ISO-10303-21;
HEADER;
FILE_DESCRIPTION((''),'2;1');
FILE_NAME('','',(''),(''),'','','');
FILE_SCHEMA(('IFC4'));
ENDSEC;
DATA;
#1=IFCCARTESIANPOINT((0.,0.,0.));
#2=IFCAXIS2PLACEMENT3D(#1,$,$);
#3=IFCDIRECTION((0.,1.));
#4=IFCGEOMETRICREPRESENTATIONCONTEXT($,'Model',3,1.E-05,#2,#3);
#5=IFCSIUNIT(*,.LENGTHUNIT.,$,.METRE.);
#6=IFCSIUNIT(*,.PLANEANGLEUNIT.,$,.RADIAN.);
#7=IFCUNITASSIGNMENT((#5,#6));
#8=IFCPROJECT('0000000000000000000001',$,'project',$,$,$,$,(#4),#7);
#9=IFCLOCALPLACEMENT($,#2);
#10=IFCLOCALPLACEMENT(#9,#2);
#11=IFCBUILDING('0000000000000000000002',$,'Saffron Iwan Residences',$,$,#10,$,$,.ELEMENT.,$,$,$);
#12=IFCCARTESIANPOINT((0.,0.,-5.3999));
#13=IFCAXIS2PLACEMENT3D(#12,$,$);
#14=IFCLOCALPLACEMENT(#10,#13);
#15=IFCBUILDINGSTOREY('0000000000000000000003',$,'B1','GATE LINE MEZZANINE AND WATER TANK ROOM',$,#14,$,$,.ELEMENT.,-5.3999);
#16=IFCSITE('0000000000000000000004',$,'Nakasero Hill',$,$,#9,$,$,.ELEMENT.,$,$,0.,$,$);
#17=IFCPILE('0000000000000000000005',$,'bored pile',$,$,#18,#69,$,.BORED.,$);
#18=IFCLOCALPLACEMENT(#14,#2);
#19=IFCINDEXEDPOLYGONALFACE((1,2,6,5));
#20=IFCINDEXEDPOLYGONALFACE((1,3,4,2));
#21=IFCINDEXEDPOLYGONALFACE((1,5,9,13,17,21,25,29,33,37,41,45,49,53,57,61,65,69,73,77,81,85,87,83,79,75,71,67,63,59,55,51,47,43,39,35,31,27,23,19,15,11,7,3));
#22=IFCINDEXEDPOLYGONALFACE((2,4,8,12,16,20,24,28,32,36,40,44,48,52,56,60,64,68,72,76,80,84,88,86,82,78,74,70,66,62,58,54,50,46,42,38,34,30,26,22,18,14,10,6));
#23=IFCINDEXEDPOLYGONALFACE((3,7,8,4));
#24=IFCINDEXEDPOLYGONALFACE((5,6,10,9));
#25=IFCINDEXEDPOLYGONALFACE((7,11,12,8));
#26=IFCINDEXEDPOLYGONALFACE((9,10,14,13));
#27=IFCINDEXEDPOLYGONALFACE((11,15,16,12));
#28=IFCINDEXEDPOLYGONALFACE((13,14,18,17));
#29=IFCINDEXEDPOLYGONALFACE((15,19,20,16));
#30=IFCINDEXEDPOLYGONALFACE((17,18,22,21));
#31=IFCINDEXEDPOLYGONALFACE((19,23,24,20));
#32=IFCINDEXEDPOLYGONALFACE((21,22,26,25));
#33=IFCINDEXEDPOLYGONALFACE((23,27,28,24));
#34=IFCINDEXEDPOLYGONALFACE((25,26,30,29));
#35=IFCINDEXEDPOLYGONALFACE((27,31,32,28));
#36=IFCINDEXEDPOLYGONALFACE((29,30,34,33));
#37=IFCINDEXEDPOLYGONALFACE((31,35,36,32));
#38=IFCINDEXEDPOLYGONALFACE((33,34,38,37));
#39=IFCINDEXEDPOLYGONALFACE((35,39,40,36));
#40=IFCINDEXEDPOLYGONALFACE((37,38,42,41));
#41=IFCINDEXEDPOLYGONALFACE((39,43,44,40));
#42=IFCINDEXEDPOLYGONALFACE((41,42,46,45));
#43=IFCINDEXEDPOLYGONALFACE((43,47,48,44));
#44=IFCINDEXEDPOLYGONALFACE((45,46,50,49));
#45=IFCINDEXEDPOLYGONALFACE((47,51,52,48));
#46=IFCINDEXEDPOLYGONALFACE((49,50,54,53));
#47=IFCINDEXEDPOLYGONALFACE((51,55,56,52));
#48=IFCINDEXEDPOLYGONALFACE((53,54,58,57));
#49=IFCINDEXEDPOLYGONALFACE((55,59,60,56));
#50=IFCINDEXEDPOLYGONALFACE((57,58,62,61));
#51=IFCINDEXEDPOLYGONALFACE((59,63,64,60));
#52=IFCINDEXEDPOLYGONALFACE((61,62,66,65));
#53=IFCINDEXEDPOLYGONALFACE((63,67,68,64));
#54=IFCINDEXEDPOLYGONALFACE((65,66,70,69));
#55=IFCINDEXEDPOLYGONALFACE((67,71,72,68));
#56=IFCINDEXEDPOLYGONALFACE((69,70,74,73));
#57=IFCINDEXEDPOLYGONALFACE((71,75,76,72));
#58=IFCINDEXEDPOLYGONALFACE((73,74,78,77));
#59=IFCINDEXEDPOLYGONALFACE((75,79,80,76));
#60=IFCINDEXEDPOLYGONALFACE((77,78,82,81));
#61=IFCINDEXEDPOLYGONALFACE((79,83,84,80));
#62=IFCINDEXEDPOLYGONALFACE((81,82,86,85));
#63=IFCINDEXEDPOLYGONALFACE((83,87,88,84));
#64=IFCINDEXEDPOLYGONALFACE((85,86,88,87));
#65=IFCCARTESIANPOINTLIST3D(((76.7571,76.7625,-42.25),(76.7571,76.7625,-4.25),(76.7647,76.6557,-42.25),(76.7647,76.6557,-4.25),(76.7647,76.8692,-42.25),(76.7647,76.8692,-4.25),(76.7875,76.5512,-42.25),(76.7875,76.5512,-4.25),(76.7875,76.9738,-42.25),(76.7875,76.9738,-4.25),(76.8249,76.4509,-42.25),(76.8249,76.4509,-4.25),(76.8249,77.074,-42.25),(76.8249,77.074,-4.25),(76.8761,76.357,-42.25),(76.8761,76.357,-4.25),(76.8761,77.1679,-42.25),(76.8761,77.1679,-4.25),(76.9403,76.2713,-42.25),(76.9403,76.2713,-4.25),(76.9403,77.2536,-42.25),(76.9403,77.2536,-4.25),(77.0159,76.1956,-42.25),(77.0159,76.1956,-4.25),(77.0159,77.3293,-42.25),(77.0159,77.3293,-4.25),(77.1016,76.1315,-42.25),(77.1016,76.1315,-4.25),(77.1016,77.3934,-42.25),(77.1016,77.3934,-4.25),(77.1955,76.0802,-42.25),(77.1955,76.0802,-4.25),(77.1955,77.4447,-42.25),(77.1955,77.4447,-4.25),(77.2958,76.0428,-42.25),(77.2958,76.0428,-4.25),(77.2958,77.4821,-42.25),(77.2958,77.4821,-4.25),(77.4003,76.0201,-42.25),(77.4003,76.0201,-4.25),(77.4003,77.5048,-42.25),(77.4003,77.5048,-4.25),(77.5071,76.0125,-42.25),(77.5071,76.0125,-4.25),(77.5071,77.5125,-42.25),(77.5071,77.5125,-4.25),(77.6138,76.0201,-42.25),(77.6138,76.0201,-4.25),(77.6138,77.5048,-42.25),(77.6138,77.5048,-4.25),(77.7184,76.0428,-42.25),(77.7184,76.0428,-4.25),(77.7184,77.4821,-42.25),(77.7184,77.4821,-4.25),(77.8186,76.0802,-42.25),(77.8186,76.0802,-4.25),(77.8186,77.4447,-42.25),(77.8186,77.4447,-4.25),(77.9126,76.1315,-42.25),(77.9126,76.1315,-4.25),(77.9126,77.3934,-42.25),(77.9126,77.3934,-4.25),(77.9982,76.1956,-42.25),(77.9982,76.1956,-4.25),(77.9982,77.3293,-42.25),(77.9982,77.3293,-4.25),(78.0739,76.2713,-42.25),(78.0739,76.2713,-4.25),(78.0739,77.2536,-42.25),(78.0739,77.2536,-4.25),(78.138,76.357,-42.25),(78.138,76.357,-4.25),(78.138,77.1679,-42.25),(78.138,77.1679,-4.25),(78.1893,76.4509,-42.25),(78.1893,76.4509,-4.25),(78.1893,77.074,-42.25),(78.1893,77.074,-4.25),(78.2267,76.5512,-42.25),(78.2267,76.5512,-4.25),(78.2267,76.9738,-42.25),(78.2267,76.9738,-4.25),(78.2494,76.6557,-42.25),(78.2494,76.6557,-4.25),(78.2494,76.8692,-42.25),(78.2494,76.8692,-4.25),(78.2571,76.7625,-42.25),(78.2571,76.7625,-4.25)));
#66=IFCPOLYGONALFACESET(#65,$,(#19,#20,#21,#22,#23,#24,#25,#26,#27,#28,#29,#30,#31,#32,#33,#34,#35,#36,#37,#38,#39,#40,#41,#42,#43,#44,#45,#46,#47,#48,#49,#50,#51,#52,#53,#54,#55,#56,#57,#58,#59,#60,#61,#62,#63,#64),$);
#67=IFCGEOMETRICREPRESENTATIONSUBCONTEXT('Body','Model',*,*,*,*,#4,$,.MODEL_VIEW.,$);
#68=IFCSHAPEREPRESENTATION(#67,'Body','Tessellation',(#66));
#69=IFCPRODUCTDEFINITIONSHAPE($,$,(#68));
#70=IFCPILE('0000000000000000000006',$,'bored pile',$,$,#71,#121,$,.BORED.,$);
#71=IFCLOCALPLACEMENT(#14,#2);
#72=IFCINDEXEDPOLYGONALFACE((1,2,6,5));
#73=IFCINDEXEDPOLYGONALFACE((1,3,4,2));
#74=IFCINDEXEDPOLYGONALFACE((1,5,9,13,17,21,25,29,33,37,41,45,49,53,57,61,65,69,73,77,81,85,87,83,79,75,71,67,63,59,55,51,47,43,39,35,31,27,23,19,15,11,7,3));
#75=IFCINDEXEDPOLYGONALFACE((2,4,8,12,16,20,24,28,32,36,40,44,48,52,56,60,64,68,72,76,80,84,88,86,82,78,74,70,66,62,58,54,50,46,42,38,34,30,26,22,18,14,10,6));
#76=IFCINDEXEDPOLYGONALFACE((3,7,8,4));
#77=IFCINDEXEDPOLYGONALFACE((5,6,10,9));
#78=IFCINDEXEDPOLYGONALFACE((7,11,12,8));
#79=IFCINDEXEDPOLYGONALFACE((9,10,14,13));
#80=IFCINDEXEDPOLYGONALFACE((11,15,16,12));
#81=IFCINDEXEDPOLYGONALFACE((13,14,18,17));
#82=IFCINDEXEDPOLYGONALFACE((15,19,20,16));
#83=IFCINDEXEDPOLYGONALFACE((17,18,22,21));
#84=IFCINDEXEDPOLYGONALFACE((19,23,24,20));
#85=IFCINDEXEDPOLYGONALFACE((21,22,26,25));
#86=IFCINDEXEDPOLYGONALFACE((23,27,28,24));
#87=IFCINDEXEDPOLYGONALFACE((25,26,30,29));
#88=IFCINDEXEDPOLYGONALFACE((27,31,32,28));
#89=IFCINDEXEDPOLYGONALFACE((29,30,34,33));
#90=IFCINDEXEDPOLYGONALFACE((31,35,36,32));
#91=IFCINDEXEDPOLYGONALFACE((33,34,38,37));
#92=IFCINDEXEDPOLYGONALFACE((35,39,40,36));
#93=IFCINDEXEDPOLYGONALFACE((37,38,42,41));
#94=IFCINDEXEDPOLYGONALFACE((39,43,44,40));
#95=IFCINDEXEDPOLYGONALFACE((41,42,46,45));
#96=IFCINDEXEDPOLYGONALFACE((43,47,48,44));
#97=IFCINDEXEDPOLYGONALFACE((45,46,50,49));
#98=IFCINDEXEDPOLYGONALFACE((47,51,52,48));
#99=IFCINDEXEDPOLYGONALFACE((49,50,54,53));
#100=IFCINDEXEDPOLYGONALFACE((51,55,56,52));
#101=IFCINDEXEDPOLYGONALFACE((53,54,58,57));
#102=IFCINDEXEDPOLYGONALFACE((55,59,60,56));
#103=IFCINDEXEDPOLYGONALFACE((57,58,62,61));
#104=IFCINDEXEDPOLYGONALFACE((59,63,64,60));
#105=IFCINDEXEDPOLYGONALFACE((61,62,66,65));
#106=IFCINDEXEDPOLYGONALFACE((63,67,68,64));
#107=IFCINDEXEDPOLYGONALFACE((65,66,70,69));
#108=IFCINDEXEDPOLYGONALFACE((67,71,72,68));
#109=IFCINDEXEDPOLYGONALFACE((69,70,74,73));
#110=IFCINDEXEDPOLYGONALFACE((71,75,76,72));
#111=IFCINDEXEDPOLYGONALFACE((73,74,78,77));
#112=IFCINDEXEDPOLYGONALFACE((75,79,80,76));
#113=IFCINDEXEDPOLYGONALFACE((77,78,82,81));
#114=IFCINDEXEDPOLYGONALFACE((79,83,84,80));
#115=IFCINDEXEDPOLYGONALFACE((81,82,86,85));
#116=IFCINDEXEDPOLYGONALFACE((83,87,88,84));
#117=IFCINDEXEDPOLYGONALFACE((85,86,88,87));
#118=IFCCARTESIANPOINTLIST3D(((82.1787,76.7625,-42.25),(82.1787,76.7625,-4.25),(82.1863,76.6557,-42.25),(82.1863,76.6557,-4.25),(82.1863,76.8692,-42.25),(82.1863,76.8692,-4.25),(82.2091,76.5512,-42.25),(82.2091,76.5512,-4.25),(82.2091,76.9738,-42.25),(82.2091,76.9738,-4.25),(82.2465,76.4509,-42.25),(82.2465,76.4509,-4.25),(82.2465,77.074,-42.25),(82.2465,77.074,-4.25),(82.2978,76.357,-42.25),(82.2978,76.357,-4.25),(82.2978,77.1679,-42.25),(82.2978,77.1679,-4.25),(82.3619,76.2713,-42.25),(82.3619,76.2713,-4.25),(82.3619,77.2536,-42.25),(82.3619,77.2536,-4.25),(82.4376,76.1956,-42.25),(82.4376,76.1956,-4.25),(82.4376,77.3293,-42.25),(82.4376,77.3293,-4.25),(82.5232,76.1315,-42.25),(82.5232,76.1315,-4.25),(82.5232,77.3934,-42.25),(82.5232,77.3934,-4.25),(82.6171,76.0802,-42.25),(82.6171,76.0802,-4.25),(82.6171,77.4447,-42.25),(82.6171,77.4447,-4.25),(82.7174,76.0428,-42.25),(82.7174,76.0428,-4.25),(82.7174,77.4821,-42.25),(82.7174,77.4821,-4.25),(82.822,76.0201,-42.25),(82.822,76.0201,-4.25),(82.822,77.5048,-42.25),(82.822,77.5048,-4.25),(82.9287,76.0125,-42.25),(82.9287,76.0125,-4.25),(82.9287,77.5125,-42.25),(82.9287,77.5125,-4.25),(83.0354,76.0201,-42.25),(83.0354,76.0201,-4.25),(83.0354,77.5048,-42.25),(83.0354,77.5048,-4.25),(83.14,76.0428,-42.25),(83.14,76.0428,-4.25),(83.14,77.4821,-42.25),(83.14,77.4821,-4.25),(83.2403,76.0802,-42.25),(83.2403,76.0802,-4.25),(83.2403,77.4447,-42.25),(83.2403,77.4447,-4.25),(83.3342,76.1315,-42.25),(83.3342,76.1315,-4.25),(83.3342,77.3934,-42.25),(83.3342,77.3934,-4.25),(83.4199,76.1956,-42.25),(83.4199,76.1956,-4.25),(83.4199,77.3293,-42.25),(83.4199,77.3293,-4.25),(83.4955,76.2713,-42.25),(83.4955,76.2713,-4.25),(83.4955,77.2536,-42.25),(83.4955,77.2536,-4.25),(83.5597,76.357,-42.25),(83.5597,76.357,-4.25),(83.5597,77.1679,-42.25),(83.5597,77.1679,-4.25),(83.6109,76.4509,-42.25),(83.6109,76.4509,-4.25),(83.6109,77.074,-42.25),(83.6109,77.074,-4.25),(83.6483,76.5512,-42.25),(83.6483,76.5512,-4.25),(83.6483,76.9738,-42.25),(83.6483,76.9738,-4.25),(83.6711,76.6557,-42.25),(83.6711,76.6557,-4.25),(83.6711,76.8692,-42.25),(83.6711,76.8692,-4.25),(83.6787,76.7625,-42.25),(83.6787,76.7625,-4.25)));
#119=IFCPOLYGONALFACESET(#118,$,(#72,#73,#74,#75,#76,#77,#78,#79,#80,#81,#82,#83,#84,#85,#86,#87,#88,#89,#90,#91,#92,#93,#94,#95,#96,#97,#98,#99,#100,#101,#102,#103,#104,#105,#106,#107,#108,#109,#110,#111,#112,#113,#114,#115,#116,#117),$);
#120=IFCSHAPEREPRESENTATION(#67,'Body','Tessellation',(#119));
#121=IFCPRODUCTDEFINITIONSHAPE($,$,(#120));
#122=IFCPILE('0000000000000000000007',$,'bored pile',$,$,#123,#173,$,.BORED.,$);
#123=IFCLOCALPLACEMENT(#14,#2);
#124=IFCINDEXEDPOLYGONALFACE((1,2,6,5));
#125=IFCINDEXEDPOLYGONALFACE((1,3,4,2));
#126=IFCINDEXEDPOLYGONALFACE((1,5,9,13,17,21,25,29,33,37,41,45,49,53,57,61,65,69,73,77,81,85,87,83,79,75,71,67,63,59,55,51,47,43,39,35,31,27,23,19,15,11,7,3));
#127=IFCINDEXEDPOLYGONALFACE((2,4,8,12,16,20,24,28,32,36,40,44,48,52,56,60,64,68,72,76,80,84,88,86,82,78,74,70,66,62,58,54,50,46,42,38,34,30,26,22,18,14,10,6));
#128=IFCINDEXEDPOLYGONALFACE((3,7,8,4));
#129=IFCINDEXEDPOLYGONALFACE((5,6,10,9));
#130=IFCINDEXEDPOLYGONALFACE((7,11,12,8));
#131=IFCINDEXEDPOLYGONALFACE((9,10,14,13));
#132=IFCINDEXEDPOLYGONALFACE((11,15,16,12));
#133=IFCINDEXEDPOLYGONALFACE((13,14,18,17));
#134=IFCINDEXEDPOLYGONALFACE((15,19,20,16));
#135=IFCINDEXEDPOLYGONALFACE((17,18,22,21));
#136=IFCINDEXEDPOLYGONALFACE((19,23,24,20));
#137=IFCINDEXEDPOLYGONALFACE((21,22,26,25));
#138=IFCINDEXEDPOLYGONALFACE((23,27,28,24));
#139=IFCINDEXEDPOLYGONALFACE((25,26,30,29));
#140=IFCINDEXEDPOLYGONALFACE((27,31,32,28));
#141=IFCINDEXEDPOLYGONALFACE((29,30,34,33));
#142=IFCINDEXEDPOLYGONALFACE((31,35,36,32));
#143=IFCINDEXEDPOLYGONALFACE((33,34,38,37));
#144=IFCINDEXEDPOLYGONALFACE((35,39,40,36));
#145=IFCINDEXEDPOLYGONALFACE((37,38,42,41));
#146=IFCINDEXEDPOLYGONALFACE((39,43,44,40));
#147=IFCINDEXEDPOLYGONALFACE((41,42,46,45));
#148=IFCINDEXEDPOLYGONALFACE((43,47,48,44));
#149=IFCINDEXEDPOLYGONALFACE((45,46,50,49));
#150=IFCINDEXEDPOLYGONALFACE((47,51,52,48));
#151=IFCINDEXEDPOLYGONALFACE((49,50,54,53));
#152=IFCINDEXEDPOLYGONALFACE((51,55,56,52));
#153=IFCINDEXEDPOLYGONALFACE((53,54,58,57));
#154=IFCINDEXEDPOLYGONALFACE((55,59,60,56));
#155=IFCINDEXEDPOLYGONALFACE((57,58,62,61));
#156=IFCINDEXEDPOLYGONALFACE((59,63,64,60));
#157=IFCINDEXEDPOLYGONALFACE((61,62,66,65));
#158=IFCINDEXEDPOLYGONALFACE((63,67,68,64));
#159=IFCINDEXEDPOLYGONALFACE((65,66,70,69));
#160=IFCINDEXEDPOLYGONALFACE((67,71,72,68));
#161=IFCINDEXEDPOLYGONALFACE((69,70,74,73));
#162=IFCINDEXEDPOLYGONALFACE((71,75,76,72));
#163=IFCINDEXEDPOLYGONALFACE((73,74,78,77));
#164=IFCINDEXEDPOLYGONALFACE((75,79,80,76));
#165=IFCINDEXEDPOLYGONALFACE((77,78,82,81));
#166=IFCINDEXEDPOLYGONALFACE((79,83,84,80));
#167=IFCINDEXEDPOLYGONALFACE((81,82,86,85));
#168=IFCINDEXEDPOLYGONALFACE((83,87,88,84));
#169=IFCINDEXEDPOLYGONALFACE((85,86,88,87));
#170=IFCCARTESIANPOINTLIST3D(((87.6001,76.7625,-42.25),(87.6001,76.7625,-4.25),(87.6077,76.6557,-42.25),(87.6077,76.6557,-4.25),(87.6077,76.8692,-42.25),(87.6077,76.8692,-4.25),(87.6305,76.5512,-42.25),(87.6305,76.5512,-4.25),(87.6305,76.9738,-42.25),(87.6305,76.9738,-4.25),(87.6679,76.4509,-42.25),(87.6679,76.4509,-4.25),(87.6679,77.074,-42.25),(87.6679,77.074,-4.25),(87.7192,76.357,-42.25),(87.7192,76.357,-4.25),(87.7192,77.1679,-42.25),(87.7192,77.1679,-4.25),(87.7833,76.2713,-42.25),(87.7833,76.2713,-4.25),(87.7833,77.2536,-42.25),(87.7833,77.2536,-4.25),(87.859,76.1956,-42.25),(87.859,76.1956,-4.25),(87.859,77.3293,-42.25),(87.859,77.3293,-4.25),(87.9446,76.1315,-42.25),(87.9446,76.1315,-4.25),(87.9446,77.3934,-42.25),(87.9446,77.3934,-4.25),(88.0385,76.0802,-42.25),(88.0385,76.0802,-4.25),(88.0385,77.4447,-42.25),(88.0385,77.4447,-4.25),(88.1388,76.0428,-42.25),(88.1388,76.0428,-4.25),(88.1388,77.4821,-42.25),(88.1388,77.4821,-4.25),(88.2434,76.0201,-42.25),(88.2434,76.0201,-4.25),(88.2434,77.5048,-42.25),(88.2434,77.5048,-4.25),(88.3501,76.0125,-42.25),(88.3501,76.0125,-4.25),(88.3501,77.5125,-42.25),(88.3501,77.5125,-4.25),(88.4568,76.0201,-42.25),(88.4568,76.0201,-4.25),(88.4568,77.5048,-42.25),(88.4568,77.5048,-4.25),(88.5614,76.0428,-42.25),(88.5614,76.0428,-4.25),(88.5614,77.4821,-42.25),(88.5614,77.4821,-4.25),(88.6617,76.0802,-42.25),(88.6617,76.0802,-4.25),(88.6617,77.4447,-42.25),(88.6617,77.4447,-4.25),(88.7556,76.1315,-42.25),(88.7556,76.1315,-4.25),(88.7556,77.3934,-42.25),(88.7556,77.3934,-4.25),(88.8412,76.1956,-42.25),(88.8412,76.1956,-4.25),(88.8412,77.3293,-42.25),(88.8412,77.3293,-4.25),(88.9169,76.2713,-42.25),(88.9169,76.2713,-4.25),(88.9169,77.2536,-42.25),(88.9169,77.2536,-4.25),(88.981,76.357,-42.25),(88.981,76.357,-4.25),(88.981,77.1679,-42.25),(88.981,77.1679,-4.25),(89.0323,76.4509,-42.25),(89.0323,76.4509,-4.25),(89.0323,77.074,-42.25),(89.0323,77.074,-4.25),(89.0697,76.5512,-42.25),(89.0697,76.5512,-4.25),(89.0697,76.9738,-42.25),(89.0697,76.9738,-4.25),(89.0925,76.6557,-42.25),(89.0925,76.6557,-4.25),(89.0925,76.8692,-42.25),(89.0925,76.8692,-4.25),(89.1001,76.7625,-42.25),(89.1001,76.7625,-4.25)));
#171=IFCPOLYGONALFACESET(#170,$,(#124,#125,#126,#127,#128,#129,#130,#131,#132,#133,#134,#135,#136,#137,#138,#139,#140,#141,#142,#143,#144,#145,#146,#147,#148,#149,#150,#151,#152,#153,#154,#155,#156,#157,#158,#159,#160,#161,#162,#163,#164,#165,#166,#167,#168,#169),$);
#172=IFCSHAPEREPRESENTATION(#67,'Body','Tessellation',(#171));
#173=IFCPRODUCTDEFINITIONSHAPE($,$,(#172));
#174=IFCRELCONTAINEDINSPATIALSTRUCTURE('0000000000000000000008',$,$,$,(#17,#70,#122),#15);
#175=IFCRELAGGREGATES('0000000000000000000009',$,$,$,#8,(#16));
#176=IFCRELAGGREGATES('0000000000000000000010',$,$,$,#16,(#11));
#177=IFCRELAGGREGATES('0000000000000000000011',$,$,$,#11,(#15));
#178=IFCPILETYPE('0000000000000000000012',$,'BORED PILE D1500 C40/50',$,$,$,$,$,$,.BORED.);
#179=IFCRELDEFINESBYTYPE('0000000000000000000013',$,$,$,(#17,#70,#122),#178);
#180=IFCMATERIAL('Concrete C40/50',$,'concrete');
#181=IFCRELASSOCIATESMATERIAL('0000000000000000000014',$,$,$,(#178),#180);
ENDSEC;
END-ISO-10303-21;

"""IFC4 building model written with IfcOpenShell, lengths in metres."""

from ifc_helpers import new_model, si_unit, direction, frame, origin, origin_2d, place, context, subcontext, project, spatial, circle, extrude, material, material_profile, profile_set, type_object, element, save


model = new_model("IFC4")

# Units and contexts
model_context = context("Model", 3, precision=1e-05, world=origin(), true_north=direction((0.0, 1.0)))
body_context = subcontext(model_context, "Body", "Model", "MODEL_VIEW")
ifc_project = project(units=[si_unit("LENGTHUNIT", "METRE"), si_unit("PLANEANGLEUNIT", "RADIAN")], contexts=[model_context])

# Site, building, storey
site_placement = place(None, origin())
site = spatial("IfcSite", under=ifc_project, at=site_placement, Name="Nakasero Hill", CompositionType="ELEMENT", RefElevation=0.0)
building_placement = place(site_placement, origin())
building = spatial("IfcBuilding", under=site, at=building_placement, Name="Saffron Iwan Residences", CompositionType="ELEMENT")
storey_placement = place(building_placement, frame((0.0, 0.0, -5.3999)))
storey = spatial("IfcBuildingStorey", under=building, at=storey_placement, Name="B1", Description="GATE LINE MEZZANINE AND WATER TANK ROOM", CompositionType="ELEMENT", Elevation=-5.3999)

# Piles
ifc_material_1 = material(Name="Concrete C40/50", Category="concrete")
ifc_material_profile_1 = material_profile(ifc_material_1, circle(Radius=0.75, at=origin_2d()), Name="RC D1500")
ifc_profile_set_1 = profile_set([ifc_material_profile_1], Name="Concrete C40/50")
pile_type = type_object("IfcPileType", Name="BORED PILE D1500 C40/50", PredefinedType="BORED", material=ifc_profile_set_1)
for number, where, z_axis, x_axis, name in (
    (1, (77.5071, 76.7625, -4.25), (0.0, 0.0, -1.0), (1.0, 0.0, 0.0), "bored pile"),
    (2, (82.9287, 76.7625, -4.25), (0.0, 0.0, -1.0), (1.0, 0.0, 0.0), "bored pile"),
    (3, (88.3501, 76.7625, -4.25), (0.0, 0.0, -1.0), (1.0, 0.0, 0.0), "bored pile"),
):
    element("IfcPile", number, at=place(storey_placement, frame(where, z_axis=z_axis, x_axis=x_axis)), inside=storey, type_object=pile_type, Name=name, PredefinedType="BORED", context=body_context, shape_type="SweptSolid", body=[
        extrude(circle(Radius=0.75, at=origin_2d()), origin(), (0.0, 0.0, 1.0), 38.0),
    ])

save(model, "model.ifc")
